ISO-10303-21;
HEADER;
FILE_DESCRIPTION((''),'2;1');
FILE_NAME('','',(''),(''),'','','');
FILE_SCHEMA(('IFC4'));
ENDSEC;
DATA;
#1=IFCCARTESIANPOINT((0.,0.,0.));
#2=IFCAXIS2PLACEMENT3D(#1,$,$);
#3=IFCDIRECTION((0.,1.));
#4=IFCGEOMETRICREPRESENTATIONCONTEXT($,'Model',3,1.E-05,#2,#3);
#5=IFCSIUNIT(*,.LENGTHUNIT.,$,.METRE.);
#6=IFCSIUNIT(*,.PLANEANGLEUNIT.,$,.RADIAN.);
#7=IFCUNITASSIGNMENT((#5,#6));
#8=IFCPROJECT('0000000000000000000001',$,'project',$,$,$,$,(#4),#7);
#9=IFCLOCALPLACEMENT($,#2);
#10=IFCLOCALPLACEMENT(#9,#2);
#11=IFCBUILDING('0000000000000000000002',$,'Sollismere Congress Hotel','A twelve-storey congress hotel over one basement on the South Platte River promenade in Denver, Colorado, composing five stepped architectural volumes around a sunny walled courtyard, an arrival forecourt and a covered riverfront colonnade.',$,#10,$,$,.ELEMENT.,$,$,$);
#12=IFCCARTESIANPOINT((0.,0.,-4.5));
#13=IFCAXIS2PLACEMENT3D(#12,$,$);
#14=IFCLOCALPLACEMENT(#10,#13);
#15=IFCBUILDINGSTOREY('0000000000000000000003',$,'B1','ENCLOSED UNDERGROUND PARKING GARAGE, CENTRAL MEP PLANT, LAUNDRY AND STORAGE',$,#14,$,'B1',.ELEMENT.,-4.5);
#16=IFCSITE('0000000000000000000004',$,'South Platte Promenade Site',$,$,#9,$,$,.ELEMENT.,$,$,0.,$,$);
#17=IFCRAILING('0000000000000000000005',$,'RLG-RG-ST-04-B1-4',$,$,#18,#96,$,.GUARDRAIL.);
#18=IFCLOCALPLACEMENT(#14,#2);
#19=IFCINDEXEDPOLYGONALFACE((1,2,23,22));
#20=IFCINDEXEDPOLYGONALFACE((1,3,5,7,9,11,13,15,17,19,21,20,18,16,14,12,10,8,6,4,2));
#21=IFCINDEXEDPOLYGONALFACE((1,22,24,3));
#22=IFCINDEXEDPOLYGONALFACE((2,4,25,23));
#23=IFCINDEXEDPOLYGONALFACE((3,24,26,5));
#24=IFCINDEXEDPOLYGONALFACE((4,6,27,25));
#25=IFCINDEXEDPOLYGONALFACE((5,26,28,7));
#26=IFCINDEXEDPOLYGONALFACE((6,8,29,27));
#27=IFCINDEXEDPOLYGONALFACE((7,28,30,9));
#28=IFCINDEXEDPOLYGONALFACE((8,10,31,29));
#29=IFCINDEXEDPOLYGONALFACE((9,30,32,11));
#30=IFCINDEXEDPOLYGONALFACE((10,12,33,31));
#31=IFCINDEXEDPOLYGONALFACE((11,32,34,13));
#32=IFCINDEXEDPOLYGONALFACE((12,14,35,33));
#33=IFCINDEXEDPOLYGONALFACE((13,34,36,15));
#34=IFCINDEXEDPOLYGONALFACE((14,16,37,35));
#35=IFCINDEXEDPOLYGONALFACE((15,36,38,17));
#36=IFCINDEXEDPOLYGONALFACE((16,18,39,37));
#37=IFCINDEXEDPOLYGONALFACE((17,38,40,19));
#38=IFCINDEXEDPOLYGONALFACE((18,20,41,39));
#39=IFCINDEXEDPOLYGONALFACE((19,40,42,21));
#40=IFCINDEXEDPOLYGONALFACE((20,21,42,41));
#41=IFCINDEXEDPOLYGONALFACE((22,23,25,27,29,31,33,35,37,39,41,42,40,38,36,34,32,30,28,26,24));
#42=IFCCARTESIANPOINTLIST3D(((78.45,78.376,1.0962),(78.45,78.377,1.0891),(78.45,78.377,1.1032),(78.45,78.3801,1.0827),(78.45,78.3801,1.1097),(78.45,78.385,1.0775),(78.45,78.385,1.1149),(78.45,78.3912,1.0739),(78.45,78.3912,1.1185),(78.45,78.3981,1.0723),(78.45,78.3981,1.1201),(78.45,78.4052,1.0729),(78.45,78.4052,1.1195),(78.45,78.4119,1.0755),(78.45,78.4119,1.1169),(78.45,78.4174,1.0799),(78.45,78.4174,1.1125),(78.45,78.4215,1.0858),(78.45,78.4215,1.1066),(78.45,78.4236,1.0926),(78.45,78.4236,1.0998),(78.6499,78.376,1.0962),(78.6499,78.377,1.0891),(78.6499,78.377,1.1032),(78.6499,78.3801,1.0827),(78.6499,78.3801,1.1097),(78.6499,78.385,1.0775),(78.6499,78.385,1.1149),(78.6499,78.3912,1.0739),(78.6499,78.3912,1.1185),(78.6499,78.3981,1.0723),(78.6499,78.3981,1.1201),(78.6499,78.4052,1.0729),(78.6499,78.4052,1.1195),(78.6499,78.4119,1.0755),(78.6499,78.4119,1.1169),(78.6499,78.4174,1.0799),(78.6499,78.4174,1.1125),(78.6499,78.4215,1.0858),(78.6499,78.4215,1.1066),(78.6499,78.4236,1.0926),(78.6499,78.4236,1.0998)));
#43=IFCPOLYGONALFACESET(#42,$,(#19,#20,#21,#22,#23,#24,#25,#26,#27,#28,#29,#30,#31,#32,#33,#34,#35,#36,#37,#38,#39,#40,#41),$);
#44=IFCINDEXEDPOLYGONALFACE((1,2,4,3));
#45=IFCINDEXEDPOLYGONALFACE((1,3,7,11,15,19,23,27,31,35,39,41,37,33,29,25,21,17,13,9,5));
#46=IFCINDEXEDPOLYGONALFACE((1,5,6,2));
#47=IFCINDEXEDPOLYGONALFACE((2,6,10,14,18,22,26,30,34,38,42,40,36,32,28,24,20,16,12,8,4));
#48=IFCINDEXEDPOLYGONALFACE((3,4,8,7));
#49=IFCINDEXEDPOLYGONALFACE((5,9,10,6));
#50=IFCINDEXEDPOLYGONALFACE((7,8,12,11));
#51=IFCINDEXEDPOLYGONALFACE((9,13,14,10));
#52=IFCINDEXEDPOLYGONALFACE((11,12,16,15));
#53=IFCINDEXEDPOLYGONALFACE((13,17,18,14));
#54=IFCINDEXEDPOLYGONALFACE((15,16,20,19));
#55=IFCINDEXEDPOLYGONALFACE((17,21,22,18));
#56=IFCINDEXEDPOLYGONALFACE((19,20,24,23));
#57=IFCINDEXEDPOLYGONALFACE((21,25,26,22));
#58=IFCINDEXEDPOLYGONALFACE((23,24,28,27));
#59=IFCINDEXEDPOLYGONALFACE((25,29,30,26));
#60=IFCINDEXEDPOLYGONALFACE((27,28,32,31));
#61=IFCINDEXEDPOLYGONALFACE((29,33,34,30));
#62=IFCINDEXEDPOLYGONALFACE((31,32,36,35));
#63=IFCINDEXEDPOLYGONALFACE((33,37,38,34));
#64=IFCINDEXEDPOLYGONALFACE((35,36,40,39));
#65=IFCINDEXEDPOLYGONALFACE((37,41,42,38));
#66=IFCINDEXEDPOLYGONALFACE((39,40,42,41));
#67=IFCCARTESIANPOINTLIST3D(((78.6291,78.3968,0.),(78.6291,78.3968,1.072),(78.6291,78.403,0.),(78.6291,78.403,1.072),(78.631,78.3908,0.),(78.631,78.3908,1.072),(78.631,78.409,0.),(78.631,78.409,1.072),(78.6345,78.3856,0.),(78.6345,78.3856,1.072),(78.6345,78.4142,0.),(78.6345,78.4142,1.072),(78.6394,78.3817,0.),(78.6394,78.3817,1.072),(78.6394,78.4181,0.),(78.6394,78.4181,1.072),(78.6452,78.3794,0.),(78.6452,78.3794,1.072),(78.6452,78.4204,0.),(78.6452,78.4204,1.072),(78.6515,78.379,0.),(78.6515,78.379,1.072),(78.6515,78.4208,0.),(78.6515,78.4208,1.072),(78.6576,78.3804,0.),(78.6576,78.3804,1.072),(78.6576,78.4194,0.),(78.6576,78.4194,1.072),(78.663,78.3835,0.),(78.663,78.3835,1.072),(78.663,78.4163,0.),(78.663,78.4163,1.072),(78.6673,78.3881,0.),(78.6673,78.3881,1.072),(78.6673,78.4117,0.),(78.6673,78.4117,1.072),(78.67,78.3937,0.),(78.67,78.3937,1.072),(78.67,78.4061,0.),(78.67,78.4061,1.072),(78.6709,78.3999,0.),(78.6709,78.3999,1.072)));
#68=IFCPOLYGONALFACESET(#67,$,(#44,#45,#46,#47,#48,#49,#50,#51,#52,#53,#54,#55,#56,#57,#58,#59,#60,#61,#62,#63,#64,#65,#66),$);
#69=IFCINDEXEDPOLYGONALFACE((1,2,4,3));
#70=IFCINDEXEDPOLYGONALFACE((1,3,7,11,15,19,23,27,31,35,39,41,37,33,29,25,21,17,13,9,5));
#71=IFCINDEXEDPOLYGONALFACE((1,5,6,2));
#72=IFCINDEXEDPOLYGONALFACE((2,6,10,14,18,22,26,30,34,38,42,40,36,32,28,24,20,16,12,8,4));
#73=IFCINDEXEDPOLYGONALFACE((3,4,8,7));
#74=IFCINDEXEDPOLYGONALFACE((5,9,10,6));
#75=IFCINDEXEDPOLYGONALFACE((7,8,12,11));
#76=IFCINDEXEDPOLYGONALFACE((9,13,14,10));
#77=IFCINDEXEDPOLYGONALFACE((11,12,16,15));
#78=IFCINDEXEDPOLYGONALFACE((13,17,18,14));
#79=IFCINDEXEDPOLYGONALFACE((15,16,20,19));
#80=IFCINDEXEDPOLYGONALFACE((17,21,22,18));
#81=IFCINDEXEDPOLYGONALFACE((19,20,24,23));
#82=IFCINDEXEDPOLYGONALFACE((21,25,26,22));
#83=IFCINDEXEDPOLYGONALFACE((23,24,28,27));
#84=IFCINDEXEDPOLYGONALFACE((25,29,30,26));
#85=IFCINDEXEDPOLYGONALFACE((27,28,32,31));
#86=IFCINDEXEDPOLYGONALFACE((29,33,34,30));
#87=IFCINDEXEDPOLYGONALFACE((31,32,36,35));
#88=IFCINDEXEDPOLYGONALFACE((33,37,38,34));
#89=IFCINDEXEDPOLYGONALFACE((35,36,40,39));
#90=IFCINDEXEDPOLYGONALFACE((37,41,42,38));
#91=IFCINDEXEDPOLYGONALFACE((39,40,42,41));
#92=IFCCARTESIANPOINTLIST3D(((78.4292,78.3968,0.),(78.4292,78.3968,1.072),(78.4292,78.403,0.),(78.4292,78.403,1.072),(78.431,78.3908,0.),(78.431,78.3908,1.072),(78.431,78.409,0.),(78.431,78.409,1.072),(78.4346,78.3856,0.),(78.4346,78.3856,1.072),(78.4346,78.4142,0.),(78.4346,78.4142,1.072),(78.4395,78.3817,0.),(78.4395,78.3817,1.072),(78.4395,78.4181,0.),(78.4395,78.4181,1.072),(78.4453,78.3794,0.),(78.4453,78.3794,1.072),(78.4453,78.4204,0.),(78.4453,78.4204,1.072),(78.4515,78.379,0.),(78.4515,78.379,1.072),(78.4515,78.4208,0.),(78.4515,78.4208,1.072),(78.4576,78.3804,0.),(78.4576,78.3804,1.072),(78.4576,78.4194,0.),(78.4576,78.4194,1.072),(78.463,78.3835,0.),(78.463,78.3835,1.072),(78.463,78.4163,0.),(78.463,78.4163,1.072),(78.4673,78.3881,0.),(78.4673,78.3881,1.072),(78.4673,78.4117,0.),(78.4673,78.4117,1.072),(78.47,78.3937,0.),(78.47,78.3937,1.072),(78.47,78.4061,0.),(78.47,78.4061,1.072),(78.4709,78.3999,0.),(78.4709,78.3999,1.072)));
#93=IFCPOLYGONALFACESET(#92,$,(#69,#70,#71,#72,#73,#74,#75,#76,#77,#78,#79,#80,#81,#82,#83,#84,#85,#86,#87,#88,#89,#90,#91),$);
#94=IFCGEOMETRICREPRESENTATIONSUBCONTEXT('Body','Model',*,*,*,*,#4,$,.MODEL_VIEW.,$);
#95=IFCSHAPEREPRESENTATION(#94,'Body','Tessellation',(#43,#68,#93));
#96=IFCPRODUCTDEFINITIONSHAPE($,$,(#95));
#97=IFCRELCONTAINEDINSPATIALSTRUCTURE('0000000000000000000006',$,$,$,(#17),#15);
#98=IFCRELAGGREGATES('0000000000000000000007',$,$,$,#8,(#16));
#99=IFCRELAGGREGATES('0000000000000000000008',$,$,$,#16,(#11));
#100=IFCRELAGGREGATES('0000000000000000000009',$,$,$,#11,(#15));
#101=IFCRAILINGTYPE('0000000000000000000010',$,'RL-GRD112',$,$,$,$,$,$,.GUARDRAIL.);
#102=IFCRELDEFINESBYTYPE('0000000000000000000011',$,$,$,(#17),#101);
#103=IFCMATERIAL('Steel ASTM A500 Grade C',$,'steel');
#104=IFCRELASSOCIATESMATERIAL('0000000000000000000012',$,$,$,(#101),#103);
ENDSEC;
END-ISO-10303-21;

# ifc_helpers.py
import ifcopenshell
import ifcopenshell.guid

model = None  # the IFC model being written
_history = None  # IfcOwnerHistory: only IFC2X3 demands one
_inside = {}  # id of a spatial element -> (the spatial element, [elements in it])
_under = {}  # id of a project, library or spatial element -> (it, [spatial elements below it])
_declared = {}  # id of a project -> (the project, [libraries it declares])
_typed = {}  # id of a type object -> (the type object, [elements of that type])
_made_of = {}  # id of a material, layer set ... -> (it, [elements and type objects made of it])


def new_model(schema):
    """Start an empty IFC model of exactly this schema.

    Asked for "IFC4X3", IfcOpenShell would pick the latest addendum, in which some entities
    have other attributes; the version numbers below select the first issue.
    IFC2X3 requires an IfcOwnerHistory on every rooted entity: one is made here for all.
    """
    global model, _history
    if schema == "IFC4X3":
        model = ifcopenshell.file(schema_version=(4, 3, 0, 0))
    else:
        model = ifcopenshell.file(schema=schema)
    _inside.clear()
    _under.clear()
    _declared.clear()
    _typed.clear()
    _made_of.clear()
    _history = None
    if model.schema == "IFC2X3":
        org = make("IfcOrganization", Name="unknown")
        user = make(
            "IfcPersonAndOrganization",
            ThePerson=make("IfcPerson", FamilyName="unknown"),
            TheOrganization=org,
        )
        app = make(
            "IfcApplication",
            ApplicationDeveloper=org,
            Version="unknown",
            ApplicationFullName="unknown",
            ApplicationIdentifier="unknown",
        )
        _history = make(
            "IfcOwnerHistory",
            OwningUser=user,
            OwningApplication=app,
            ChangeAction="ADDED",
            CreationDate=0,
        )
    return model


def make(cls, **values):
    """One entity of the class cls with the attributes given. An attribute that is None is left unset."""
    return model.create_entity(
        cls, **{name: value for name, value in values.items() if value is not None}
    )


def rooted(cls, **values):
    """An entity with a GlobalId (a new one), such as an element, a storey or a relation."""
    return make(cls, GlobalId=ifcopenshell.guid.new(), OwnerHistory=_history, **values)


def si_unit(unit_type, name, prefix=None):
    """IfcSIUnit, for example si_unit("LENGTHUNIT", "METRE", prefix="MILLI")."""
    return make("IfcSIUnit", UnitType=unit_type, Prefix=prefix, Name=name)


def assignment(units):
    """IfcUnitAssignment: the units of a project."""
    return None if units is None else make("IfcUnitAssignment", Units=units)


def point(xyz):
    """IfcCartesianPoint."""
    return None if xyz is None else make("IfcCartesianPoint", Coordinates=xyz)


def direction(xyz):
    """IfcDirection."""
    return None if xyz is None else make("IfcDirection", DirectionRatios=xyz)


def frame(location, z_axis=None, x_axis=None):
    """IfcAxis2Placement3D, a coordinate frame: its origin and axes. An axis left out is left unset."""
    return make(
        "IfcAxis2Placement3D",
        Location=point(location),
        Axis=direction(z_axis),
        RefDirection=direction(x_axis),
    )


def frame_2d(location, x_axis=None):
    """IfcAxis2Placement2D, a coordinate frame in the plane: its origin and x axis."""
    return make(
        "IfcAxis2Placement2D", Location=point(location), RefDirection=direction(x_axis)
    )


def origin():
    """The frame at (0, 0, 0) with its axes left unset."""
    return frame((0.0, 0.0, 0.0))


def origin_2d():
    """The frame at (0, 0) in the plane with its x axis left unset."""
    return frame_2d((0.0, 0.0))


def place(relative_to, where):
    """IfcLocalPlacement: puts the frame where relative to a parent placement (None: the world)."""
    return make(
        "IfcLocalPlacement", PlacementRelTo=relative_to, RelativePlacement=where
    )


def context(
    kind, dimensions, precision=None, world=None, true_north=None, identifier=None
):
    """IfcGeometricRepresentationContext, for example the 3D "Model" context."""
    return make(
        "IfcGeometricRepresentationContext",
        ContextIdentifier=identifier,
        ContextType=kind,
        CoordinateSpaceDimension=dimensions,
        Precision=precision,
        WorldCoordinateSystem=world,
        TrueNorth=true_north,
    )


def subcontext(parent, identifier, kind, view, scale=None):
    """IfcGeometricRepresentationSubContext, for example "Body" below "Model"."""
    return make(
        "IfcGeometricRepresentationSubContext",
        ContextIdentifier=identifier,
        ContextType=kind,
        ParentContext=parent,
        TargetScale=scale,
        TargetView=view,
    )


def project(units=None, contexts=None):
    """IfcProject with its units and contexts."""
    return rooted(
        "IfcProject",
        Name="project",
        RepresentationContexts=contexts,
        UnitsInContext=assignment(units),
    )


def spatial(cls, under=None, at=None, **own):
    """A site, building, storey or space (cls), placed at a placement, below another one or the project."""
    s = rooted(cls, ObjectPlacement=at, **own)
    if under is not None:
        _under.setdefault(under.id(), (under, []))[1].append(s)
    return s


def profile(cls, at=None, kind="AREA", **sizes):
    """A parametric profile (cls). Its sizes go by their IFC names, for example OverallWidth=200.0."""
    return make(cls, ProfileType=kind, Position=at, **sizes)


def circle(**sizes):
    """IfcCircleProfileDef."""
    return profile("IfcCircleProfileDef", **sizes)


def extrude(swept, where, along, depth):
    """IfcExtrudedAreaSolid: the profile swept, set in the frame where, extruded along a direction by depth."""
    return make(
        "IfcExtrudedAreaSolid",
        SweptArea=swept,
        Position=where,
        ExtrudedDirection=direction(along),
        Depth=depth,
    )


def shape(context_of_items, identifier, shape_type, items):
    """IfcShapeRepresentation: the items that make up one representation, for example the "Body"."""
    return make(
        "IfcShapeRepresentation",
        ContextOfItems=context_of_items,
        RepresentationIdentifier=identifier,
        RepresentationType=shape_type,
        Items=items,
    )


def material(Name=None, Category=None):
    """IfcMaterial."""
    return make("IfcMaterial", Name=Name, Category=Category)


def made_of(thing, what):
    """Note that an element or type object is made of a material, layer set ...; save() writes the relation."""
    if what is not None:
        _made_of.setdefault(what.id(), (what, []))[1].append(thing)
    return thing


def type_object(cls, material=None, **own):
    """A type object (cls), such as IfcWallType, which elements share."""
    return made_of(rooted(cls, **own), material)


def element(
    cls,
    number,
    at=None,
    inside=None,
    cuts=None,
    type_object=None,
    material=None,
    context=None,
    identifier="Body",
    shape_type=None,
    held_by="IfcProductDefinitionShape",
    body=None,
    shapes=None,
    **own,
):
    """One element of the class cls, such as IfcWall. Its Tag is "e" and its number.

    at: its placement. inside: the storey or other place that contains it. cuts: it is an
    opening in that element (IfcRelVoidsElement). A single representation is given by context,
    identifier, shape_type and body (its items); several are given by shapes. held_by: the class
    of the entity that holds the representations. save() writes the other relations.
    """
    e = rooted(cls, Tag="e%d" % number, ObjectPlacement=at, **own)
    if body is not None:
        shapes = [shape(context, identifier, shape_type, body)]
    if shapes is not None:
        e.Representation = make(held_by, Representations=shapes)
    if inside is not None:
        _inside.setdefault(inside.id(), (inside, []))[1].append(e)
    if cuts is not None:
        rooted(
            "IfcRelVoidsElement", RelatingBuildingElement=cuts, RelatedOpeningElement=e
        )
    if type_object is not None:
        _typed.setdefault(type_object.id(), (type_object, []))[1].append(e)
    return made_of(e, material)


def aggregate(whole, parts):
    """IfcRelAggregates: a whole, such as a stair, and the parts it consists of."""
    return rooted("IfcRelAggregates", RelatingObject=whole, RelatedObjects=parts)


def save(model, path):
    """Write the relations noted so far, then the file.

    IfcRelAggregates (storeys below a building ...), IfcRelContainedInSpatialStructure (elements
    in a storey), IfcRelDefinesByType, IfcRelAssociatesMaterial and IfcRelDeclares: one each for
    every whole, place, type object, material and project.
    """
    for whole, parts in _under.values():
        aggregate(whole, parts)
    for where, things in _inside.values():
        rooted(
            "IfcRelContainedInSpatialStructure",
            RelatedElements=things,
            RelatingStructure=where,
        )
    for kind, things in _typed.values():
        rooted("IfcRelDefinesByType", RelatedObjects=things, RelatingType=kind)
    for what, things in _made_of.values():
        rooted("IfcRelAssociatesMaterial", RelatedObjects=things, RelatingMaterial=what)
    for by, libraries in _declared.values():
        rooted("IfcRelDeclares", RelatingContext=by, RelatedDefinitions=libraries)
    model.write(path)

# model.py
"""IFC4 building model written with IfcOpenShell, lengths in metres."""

from ifc_helpers import new_model, si_unit, direction, frame, origin, origin_2d, place, context, subcontext, project, spatial, circle, extrude, material, type_object, element, save


model = new_model("IFC4")

# Units and contexts
model_context = context("Model", 3, precision=1e-05, world=origin(), true_north=direction((0.0, 1.0)))
body_context = subcontext(model_context, "Body", "Model", "MODEL_VIEW")
ifc_project = project(units=[si_unit("LENGTHUNIT", "METRE"), si_unit("PLANEANGLEUNIT", "RADIAN")], contexts=[model_context])

# Site, building, storey
site_placement = place(None, origin())
site = spatial("IfcSite", under=ifc_project, at=site_placement, Name="South Platte Promenade Site", CompositionType="ELEMENT", RefElevation=0.0)
building_placement = place(site_placement, origin())
building = spatial("IfcBuilding", under=site, at=building_placement, Name="Sollismere Congress Hotel", Description="A twelve-storey congress hotel over one basement on the South Platte River promenade in Denver, Colorado, composing five stepped architectural volumes around a sunny walled courtyard, an arrival forecourt and a covered riverfront colonnade.", CompositionType="ELEMENT")
storey_placement = place(building_placement, frame((0.0, 0.0, -4.5)))
storey = spatial("IfcBuildingStorey", under=building, at=storey_placement, Name="B1", Description="ENCLOSED UNDERGROUND PARKING GARAGE, CENTRAL MEP PLANT, LAUNDRY AND STORAGE", LongName="B1", CompositionType="ELEMENT", Elevation=-4.5)

# Railing
ifc_material_1 = material(Name="Steel ASTM A500 Grade C", Category="steel")
railing_type_1 = type_object("IfcRailingType", Name="RL-GRD112", PredefinedType="GUARDRAIL", material=ifc_material_1)
railing_1_placement = place(storey_placement, frame((78.6499, 78.3999, 0.0)))
element("IfcRailing", 1, at=railing_1_placement, inside=storey, type_object=railing_type_1, Name="RLG-RG-ST-04-B1-4", PredefinedType="GUARDRAIL", context=body_context, shape_type="SweptSolid", body=[
    extrude(circle(Radius=0.0239, at=origin_2d()), frame((0.0, 0.0, 1.0962), z_axis=(-1.0, 0.0, 0.0), x_axis=(0.0, -1.0, 0.0)), (0.0, 0.0, 1.0), 0.2),
    extrude(circle(Radius=0.021, at=origin_2d()), origin(), (0.0, 0.0, 1.0), 1.072),
    extrude(circle(Radius=0.021, at=origin_2d()), frame((-0.2, 0.0, 0.0)), (0.0, 0.0, 1.0), 1.072),
])

save(model, "model.ifc")
